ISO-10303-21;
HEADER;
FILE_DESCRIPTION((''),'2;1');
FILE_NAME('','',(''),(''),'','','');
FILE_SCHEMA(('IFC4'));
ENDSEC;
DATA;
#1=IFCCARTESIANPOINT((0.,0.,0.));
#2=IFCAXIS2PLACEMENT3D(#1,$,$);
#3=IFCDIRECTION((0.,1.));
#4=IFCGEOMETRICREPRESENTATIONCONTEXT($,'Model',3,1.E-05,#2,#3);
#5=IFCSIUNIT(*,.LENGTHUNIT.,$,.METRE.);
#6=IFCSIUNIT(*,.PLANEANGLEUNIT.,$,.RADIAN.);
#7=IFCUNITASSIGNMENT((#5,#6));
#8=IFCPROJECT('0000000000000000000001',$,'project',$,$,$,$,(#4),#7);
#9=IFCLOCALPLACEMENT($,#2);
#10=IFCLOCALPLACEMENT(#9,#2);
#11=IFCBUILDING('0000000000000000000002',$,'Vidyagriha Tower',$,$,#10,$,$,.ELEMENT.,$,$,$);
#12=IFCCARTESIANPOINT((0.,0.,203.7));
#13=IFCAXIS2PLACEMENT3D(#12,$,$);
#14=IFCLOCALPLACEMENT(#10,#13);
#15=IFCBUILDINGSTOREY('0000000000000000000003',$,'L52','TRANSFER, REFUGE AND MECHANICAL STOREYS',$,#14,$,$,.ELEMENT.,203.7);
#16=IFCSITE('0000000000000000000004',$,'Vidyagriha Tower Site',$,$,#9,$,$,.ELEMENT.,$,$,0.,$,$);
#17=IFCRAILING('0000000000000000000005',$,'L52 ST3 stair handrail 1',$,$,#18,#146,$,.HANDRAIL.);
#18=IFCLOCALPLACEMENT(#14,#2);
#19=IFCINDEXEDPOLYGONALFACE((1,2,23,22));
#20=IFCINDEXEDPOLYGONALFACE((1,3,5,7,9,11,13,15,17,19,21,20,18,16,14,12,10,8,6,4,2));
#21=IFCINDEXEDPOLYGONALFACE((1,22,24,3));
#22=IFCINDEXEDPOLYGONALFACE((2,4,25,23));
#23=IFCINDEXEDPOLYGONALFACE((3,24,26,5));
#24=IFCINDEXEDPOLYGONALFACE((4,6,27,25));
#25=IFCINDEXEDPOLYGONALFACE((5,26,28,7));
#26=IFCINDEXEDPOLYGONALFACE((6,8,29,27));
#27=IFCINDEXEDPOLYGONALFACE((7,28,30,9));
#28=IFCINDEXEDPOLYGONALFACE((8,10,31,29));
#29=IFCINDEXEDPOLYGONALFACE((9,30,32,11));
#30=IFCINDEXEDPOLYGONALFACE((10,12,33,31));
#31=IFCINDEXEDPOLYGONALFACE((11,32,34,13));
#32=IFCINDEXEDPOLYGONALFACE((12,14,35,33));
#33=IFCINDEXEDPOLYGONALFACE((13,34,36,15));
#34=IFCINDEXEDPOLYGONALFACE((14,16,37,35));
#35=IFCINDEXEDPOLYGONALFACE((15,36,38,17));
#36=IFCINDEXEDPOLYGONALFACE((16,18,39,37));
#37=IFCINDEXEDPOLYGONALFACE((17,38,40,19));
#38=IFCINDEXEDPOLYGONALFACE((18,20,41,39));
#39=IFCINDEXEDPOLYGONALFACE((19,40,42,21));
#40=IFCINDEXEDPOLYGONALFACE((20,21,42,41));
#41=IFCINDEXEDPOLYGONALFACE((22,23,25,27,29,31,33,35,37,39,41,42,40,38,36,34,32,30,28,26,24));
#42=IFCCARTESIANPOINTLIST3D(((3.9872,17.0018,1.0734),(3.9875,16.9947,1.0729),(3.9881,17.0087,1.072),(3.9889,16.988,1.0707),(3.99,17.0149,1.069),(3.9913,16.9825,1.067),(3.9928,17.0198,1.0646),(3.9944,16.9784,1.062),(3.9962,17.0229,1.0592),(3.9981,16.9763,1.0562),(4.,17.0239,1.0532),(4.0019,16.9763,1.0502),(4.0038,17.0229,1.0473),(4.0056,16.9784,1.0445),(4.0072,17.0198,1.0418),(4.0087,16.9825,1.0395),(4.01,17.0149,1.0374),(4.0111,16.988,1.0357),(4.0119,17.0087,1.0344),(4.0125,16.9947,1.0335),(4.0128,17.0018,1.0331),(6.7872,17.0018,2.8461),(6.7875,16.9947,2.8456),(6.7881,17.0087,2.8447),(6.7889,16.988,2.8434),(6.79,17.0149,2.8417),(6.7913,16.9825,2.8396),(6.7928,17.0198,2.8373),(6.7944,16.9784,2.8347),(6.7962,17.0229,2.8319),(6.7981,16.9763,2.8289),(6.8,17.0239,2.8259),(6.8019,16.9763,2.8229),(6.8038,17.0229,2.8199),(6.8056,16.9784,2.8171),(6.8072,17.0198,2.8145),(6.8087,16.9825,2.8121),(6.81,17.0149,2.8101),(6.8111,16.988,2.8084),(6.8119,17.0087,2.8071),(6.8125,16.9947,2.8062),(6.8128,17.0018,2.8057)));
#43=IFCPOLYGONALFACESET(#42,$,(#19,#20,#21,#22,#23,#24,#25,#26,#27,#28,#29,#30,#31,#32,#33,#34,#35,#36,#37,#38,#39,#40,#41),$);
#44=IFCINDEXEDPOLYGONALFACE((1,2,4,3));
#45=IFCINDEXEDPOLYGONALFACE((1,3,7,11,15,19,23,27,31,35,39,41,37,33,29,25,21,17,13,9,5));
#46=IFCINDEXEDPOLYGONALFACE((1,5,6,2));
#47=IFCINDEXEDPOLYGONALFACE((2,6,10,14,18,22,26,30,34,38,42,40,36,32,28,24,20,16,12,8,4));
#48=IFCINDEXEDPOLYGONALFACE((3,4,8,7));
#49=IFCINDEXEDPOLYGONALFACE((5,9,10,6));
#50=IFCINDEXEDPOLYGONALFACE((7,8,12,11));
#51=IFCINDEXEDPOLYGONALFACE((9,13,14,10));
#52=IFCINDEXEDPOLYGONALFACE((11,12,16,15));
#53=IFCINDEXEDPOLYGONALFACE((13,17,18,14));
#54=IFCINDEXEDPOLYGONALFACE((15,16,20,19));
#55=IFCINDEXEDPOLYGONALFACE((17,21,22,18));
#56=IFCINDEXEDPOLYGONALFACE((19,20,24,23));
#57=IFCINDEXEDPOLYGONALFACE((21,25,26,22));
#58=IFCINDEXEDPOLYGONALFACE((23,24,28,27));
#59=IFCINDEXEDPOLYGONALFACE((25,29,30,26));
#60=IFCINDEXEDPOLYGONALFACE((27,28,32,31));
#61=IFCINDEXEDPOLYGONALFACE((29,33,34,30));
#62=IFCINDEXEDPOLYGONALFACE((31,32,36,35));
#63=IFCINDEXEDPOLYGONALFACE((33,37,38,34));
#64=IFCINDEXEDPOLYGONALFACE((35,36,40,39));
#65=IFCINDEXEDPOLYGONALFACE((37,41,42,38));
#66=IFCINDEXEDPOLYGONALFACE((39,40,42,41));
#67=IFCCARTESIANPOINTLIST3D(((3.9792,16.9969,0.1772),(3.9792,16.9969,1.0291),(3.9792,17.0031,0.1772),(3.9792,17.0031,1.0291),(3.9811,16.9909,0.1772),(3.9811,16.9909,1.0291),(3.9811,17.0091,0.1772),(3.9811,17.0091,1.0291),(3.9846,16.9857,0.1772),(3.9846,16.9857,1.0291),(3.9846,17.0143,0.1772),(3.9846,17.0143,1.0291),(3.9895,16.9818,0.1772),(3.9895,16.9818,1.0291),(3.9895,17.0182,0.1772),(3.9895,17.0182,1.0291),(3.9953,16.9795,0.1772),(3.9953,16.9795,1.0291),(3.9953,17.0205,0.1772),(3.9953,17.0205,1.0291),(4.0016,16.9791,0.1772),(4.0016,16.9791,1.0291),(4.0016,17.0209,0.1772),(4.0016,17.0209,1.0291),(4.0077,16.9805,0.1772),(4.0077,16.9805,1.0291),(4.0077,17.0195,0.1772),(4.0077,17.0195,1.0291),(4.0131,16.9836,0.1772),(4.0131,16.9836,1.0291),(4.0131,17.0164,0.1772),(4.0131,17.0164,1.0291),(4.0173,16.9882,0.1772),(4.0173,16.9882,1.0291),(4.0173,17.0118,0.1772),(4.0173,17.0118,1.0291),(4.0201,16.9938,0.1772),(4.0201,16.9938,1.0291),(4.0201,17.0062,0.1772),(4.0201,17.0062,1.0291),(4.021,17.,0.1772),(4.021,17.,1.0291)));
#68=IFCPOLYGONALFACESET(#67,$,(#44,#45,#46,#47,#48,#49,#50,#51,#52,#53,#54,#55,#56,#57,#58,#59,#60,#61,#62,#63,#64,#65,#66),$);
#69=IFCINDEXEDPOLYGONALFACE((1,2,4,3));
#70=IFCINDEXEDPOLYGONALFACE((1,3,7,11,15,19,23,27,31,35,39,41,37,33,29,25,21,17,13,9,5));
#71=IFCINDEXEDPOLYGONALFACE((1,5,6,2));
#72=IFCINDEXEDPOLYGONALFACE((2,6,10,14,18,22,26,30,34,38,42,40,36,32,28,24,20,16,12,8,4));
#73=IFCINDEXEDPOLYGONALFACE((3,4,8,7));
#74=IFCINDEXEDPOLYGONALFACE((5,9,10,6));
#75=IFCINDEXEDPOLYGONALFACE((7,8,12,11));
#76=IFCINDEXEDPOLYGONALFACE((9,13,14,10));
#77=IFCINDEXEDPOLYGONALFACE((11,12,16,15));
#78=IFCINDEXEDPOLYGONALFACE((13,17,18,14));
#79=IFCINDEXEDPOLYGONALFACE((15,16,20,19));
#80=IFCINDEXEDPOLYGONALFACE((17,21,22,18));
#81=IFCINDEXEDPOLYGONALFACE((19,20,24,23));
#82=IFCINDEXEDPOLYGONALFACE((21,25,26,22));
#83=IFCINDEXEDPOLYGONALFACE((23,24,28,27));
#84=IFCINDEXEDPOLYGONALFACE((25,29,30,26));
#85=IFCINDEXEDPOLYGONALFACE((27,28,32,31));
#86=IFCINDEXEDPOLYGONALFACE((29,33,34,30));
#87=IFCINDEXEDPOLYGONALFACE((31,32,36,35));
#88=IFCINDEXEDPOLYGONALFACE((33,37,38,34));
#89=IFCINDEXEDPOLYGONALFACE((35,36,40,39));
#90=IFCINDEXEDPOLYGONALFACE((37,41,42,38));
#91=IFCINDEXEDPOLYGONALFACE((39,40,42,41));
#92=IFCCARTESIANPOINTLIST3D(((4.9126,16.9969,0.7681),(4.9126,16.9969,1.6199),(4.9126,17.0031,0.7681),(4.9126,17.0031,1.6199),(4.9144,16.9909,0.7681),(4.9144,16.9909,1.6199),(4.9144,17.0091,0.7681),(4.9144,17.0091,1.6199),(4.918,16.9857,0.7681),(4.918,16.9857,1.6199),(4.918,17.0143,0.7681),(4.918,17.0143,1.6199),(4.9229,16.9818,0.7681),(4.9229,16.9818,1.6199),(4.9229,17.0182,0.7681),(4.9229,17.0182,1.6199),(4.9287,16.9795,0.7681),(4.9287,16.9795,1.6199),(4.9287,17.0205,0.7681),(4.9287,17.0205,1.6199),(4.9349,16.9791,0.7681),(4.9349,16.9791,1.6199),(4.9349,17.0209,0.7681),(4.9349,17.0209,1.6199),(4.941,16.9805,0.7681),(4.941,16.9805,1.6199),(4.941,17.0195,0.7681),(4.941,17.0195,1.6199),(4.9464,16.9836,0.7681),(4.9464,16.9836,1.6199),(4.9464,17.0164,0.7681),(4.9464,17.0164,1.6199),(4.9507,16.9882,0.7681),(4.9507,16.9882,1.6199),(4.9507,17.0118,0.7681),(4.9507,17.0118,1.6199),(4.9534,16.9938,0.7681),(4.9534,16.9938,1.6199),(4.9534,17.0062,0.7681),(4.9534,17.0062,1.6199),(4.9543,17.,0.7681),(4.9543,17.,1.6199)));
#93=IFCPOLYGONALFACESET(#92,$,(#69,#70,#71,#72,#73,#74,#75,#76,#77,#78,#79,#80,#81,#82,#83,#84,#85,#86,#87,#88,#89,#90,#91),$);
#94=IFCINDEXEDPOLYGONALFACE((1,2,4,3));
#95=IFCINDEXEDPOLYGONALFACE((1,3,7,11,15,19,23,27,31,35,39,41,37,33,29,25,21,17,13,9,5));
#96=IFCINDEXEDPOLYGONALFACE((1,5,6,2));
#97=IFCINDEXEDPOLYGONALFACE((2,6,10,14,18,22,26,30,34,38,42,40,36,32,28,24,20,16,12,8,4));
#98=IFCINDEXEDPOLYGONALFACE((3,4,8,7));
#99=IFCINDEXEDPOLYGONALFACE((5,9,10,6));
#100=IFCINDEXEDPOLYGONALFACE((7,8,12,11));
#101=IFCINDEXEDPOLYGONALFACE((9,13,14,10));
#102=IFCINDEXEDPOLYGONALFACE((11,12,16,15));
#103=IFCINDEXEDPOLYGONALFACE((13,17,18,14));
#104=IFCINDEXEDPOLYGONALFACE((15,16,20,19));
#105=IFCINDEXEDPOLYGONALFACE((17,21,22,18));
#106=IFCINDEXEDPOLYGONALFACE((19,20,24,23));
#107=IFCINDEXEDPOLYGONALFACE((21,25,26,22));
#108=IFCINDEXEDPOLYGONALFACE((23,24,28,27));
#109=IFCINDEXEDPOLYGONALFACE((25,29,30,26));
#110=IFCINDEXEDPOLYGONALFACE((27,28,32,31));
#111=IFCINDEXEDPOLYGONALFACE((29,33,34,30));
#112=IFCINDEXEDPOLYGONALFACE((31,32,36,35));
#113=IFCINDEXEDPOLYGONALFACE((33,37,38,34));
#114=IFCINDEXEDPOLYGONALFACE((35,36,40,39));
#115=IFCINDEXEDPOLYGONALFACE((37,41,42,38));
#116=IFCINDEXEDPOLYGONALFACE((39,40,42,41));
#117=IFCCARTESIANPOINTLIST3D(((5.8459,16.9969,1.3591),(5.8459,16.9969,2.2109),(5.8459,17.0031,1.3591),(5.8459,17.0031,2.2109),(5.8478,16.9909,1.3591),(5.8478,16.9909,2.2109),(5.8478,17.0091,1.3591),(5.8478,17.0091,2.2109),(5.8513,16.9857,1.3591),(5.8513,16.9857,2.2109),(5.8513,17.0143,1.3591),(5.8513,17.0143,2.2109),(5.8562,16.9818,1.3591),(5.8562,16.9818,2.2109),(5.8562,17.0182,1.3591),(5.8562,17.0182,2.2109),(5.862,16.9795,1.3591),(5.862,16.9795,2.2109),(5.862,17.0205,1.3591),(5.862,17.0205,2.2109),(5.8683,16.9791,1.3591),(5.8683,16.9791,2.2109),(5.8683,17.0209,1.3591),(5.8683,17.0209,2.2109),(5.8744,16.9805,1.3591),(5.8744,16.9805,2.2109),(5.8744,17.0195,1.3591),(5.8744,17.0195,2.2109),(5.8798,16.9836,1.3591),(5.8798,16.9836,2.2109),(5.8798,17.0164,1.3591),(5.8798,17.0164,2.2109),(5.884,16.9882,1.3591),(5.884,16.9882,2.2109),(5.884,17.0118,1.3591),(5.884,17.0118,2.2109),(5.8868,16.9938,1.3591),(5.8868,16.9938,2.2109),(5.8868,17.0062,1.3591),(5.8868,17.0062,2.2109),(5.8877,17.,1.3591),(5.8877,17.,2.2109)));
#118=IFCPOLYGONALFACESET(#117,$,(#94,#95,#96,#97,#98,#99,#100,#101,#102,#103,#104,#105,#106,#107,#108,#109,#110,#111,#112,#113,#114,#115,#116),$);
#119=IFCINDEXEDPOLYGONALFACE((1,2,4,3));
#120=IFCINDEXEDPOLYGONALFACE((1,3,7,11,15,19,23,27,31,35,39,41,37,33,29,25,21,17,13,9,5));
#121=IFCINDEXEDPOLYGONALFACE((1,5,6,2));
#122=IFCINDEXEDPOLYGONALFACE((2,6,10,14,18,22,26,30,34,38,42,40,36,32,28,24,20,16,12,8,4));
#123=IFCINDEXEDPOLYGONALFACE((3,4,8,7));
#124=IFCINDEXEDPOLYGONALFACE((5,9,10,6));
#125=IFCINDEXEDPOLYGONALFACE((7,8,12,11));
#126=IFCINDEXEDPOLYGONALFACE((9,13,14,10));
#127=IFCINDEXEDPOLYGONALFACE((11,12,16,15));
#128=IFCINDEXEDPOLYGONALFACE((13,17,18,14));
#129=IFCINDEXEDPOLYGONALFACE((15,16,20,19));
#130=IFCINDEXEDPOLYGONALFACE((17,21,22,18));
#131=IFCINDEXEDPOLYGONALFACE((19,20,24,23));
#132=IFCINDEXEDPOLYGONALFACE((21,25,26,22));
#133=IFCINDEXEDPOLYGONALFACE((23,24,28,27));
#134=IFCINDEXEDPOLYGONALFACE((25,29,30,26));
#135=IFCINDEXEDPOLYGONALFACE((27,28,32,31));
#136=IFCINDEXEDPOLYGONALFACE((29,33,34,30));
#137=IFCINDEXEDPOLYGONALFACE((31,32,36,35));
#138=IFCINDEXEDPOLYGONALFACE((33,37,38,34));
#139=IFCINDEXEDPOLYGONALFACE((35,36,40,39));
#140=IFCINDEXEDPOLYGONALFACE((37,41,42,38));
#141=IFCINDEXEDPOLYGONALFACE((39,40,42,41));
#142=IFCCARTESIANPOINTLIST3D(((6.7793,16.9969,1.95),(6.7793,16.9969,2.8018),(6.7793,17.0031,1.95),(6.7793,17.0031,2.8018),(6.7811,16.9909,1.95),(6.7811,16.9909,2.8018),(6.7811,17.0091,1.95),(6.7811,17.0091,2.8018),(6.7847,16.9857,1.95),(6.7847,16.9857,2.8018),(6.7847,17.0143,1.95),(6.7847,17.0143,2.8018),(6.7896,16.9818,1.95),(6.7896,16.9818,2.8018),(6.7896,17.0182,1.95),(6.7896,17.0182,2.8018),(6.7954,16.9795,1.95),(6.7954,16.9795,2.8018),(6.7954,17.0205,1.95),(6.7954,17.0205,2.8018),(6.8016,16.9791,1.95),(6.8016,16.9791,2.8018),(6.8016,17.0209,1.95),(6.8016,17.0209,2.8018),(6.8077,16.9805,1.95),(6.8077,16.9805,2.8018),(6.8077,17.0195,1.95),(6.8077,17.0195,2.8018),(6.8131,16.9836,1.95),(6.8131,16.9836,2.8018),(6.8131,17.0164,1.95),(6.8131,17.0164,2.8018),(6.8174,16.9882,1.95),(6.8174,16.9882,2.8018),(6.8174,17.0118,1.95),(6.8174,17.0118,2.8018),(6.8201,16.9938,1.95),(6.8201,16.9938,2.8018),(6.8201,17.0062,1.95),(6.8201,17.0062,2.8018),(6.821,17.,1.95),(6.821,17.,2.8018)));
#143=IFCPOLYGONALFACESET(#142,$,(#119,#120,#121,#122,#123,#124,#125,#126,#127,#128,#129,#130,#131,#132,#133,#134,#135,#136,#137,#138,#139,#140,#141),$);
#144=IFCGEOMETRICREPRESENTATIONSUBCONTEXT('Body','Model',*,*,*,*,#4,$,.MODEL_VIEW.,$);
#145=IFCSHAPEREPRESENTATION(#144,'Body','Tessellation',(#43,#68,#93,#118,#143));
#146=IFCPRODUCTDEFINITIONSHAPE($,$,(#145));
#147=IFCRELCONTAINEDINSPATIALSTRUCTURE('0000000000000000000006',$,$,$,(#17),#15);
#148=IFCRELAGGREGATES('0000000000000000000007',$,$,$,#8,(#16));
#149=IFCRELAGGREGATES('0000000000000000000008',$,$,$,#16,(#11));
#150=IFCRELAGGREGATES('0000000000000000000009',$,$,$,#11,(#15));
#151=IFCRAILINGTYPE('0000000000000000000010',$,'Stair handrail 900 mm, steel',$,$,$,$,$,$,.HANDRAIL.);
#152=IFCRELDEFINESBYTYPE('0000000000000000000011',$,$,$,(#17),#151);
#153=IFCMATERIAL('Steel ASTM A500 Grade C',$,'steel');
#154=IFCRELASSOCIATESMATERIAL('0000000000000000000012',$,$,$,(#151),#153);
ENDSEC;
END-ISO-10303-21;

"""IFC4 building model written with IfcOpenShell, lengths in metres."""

from ifc_helpers import new_model, si_unit, direction, frame, origin, origin_2d, place, context, subcontext, project, spatial, circle, extrude, material, type_object, element, save


model = new_model("IFC4")

# Units and contexts
model_context = context("Model", 3, precision=1e-05, world=origin(), true_north=direction((0.0, 1.0)))
body_context = subcontext(model_context, "Body", "Model", "MODEL_VIEW")
ifc_project = project(units=[si_unit("LENGTHUNIT", "METRE"), si_unit("PLANEANGLEUNIT", "RADIAN")], contexts=[model_context])

# Site, building, storey
site_placement = place(None, origin())
site = spatial("IfcSite", under=ifc_project, at=site_placement, Name="Vidyagriha Tower Site", CompositionType="ELEMENT", RefElevation=0.0)
building_placement = place(site_placement, origin())
building = spatial("IfcBuilding", under=site, at=building_placement, Name="Vidyagriha Tower", CompositionType="ELEMENT")
storey_placement = place(building_placement, frame((0.0, 0.0, 203.7)))
storey = spatial("IfcBuildingStorey", under=building, at=storey_placement, Name="L52", Description="TRANSFER, REFUGE AND MECHANICAL STOREYS", CompositionType="ELEMENT", Elevation=203.7)

# Railing
ifc_material_1 = material(Name="Steel ASTM A500 Grade C", Category="steel")
railing_type = type_object("IfcRailingType", Name="Stair handrail 900 mm, steel", PredefinedType="HANDRAIL", material=ifc_material_1)
railing_placement = place(storey_placement, frame((4.0, 17.0, 0.1772)))
element("IfcRailing", 1, at=railing_placement, inside=storey, type_object=railing_type, Name="L52 ST3 stair handrail 1", PredefinedType="HANDRAIL", context=body_context, shape_type="SweptSolid", body=[
    extrude(circle(Radius=0.0239, at=origin_2d()), frame((0.0, 0.0, 0.876), z_axis=(0.844909, 0.0, 0.53491), x_axis=(0.0, 1.0, 0.0)), (0.0, 0.0, 1.0), 3.314),
    extrude(circle(Radius=0.021, at=origin_2d()), origin(), (0.0, 0.0, 1.0), 0.8518),
    extrude(circle(Radius=0.021, at=origin_2d()), frame((0.9333, 0.0, 0.5908)), (0.0, 0.0, 1.0), 0.8518),
    extrude(circle(Radius=0.021, at=origin_2d()), frame((1.8667, 0.0, 1.1819)), (0.0, 0.0, 1.0), 0.8518),
    extrude(circle(Radius=0.021, at=origin_2d()), frame((2.8, 0.0, 1.7727)), (0.0, 0.0, 1.0), 0.8518),
])

save(model, "model.ifc")
